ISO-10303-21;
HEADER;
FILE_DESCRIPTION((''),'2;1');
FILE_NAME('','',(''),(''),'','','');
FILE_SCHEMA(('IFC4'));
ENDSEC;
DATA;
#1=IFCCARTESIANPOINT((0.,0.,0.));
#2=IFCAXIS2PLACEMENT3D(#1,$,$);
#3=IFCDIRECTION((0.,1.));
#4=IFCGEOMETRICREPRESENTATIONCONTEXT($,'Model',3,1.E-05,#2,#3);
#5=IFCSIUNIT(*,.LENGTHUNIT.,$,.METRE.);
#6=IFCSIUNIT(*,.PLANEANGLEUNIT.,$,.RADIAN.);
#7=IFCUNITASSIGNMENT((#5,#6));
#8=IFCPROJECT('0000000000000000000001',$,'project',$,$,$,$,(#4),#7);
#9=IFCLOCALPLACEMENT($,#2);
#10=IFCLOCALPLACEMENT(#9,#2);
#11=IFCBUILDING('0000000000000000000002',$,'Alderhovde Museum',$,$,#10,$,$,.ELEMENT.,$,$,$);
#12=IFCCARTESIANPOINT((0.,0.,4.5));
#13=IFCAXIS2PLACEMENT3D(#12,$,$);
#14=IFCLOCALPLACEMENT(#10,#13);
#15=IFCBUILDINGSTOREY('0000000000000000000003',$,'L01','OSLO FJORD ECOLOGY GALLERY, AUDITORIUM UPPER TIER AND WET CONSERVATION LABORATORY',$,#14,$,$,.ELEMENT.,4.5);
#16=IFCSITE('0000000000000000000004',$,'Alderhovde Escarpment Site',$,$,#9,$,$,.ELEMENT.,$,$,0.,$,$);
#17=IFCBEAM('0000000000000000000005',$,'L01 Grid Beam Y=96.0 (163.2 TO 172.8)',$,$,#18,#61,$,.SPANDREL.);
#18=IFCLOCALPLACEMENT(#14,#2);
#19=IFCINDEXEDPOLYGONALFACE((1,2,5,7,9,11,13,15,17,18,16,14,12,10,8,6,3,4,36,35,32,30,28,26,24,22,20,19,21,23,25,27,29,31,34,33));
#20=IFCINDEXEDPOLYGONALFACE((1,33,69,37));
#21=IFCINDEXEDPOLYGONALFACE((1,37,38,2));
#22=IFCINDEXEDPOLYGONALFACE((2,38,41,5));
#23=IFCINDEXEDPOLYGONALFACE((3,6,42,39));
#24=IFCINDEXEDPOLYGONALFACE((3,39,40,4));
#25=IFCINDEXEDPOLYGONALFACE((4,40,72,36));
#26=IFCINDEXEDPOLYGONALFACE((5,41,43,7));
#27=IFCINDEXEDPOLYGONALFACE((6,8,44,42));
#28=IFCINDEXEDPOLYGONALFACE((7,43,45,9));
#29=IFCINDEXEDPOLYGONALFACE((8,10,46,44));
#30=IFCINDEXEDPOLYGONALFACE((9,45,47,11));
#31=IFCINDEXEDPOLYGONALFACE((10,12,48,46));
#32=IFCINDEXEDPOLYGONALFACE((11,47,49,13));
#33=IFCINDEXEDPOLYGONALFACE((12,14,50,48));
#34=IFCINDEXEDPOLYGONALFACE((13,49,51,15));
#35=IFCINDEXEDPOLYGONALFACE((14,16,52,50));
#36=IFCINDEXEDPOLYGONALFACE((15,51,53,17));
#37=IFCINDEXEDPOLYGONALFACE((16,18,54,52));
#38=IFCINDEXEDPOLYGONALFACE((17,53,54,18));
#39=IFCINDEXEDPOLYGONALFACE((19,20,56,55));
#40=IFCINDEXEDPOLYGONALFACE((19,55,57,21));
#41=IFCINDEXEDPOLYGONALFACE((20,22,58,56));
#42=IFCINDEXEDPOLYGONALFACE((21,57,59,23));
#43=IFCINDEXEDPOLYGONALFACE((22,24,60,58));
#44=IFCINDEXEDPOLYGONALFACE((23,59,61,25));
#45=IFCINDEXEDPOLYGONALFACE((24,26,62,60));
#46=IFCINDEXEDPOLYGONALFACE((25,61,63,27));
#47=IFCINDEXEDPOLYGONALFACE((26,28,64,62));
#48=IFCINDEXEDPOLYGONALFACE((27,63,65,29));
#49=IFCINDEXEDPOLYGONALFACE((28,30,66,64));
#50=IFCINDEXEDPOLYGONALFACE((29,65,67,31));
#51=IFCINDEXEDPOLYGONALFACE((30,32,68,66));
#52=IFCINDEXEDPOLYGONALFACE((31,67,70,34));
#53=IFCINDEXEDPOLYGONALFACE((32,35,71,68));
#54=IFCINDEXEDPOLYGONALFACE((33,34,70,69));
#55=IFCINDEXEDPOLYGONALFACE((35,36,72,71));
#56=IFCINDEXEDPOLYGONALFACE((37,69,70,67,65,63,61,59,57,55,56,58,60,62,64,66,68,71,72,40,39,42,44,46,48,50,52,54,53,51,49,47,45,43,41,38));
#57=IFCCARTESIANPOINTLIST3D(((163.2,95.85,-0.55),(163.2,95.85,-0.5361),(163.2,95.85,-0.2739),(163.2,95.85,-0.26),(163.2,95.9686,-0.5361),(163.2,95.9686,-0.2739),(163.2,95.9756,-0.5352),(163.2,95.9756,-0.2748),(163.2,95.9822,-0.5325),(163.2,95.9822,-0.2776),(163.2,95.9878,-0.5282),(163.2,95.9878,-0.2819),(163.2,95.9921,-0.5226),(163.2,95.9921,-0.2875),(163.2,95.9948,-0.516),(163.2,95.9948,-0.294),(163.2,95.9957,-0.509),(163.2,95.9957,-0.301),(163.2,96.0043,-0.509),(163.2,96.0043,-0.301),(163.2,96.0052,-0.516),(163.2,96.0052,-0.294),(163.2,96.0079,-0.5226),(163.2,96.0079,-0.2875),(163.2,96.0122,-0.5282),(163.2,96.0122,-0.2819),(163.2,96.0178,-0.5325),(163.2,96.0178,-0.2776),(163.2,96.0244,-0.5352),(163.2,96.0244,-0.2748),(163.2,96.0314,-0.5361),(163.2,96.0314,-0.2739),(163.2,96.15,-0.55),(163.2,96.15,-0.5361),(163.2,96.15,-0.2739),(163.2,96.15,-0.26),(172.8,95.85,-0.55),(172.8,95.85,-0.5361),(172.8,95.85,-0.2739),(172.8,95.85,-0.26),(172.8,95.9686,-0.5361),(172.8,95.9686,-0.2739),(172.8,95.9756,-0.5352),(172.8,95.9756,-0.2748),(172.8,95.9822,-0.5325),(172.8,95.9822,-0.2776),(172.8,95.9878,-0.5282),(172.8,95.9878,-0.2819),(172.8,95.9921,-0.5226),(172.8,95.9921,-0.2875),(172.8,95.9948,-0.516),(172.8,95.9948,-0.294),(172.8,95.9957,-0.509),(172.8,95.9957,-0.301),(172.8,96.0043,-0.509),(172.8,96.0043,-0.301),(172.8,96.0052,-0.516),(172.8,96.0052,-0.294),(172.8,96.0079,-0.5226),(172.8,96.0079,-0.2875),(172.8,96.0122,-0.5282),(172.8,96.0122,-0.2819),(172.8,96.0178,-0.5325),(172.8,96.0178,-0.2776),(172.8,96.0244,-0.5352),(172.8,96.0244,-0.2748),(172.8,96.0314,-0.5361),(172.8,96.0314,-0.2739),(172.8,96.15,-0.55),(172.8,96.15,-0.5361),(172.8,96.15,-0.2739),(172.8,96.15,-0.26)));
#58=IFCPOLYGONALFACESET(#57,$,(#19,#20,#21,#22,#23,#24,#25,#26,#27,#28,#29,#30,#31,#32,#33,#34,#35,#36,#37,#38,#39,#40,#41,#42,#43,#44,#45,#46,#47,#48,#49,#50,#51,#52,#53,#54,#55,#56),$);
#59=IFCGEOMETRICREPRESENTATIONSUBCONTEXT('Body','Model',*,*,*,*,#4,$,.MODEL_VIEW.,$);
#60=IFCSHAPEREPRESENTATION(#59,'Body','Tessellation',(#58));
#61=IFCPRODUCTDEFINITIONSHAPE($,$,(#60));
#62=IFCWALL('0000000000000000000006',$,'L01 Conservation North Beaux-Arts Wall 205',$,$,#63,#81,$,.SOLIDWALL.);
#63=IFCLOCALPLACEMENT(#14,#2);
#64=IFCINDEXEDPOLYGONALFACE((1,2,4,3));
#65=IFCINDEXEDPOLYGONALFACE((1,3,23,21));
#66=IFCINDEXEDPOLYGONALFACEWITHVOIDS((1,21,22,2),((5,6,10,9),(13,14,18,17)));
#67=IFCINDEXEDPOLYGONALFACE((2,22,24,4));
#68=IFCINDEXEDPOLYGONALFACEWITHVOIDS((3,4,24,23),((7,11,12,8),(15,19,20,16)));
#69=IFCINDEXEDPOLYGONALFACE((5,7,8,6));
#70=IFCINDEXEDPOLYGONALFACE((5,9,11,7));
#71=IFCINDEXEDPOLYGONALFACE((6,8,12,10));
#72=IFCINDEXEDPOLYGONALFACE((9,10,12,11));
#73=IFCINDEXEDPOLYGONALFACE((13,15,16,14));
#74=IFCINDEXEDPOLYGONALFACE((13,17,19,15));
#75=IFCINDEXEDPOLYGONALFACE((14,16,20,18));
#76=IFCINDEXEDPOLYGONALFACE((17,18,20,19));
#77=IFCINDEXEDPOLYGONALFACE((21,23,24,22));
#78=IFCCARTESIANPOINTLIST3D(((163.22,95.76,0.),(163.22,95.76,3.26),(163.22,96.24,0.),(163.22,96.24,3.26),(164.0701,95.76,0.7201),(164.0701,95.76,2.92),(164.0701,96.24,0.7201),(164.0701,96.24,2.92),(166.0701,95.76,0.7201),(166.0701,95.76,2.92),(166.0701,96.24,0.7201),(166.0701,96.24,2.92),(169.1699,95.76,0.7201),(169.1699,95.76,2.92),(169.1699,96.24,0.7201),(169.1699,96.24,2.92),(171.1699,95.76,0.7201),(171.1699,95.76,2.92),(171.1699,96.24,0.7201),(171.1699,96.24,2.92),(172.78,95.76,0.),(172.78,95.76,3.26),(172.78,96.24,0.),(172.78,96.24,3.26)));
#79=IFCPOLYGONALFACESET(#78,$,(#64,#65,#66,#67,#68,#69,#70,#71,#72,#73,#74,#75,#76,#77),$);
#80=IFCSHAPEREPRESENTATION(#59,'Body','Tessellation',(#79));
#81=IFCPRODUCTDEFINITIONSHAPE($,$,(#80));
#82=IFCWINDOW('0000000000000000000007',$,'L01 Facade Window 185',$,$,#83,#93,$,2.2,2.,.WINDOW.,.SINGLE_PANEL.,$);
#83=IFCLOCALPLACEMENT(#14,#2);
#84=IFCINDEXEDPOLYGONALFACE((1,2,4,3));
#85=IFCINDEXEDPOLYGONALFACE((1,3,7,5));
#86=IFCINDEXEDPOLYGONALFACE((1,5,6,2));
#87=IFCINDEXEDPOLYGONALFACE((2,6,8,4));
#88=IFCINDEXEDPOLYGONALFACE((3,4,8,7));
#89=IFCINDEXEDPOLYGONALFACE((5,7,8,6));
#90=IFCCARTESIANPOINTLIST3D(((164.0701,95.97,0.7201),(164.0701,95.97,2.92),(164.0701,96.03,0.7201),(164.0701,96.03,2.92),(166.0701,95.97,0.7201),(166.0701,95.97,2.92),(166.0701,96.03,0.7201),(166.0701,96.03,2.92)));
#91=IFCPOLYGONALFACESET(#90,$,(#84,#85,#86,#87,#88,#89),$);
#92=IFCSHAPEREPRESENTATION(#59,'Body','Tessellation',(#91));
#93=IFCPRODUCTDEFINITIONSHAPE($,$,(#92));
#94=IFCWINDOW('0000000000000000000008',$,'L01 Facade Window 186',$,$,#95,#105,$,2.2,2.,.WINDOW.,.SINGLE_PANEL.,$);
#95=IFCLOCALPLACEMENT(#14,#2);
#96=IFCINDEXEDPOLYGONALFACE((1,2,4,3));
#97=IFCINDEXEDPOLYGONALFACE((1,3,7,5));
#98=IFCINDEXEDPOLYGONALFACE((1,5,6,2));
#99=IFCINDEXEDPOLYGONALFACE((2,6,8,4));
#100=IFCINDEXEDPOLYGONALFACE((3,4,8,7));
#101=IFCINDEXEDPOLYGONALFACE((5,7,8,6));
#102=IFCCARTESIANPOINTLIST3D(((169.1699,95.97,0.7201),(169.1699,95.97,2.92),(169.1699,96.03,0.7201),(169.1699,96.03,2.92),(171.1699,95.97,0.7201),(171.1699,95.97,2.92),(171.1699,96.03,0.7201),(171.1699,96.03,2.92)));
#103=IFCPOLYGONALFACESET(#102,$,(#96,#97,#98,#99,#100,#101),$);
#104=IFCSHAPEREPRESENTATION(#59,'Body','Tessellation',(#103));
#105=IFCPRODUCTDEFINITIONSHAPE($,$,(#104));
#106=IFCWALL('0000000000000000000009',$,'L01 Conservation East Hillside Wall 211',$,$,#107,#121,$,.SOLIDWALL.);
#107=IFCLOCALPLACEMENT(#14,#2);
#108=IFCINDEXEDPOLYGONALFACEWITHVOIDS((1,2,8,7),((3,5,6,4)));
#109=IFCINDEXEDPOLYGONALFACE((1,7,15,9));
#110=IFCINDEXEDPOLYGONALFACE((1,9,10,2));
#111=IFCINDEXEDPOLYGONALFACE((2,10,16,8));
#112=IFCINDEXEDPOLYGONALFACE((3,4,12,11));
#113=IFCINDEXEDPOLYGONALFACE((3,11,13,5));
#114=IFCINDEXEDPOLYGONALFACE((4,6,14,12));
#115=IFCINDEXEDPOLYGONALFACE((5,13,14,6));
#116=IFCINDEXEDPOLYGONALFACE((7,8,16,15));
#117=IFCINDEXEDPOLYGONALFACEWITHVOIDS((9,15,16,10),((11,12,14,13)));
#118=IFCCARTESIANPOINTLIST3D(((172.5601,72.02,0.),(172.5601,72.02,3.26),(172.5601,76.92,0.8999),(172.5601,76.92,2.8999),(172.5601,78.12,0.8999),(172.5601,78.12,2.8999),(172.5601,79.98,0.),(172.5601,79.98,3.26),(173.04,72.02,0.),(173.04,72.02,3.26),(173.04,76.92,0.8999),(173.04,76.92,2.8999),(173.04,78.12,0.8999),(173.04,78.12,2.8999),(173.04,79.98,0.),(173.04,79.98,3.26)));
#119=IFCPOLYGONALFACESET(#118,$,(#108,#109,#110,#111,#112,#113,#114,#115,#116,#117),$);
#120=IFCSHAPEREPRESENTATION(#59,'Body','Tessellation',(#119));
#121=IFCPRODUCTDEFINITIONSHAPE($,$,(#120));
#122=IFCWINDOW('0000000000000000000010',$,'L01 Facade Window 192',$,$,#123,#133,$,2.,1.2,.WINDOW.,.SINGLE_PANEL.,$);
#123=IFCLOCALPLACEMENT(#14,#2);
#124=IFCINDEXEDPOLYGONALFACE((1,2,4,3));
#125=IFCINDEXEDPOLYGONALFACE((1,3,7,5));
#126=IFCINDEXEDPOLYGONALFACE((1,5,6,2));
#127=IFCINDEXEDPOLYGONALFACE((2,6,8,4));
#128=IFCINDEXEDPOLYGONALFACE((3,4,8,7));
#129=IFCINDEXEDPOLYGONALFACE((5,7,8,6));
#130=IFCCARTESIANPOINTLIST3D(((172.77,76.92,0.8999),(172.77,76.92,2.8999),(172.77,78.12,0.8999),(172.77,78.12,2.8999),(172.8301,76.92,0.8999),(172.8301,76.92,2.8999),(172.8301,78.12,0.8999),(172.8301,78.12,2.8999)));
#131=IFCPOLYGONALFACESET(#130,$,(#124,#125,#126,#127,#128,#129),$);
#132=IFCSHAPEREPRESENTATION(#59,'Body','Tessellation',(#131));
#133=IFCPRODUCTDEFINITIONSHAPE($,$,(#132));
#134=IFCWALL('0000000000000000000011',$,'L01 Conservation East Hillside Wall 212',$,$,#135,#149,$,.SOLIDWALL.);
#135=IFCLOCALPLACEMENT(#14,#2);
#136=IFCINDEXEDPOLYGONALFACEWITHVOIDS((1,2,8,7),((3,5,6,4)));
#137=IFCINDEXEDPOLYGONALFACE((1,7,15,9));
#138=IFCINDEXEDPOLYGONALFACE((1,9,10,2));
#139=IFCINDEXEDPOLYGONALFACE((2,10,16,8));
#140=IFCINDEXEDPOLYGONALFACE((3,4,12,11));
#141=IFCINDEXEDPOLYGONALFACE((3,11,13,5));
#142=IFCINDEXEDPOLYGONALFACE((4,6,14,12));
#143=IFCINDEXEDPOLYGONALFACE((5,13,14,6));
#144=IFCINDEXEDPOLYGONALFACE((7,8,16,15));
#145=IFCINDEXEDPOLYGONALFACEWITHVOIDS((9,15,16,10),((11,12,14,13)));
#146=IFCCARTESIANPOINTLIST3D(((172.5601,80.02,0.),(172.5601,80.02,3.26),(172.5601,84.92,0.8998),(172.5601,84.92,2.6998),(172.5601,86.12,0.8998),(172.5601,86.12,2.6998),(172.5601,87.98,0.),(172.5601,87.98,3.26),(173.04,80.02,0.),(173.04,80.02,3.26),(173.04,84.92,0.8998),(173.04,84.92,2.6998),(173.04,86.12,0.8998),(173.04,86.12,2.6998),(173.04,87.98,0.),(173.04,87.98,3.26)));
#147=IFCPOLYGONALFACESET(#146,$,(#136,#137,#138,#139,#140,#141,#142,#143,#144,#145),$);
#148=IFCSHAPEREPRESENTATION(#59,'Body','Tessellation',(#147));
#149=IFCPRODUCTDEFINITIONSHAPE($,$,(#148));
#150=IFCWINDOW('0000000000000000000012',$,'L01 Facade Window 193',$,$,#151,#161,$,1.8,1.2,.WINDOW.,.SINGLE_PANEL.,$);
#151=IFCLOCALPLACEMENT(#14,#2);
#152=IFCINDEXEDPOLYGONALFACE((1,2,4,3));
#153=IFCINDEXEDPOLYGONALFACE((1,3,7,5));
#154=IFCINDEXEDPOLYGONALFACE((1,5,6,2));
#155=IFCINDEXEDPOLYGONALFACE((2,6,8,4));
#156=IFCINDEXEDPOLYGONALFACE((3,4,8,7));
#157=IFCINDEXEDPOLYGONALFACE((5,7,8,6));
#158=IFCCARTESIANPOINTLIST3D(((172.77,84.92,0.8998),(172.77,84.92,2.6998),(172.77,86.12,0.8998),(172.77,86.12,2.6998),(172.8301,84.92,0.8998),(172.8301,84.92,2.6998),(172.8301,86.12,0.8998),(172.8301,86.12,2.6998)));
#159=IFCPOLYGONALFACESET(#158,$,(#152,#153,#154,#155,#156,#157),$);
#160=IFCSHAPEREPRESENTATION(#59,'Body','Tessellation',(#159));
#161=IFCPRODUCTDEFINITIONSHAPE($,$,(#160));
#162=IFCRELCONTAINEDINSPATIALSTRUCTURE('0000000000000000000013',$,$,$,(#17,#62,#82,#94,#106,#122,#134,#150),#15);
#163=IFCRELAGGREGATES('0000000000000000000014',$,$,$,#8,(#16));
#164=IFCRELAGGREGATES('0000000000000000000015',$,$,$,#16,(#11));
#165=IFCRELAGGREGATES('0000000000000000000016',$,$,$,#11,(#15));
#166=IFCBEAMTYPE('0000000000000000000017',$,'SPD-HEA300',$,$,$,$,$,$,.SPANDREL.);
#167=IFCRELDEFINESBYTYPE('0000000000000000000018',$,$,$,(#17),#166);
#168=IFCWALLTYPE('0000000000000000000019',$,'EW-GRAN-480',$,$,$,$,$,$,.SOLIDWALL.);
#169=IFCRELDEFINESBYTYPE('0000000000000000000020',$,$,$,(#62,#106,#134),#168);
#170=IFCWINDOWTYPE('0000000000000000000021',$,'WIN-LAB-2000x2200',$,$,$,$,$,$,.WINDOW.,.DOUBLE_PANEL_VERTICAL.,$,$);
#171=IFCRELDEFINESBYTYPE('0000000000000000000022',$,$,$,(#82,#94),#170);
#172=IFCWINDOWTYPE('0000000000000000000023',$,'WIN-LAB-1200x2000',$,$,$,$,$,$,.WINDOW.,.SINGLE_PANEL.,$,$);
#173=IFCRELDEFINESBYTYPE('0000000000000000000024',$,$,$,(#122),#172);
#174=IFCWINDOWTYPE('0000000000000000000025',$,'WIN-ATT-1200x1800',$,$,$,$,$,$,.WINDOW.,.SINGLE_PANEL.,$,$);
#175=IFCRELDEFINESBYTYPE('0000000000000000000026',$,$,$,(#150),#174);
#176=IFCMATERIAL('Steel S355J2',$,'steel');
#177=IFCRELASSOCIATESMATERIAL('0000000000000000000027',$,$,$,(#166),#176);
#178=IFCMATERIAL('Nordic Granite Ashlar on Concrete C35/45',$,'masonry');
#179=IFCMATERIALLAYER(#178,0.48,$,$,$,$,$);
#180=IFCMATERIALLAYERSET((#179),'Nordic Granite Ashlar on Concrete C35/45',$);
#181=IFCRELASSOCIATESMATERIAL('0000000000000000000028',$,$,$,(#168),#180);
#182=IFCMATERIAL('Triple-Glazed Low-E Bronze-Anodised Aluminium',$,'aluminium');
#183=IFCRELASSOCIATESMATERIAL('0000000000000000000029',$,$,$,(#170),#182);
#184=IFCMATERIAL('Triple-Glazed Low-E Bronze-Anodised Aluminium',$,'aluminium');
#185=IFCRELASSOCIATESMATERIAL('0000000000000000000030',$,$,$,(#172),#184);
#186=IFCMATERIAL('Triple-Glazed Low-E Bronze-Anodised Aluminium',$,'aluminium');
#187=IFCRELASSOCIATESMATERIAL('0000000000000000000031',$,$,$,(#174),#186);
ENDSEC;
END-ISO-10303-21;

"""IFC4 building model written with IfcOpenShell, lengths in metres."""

from ifc_helpers import new_model, si_unit, direction, frame, frame_2d, origin, origin_2d, place, context, subcontext, project, spatial, rectangle, i_section, extrude, material, layer, layer_set, material_profile, profile_set, type_object, element, fill, save


model = new_model("IFC4")

# Units and contexts
model_context = context("Model", 3, precision=1e-05, world=origin(), true_north=direction((0.0, 1.0)))
body_context = subcontext(model_context, "Body", "Model", "MODEL_VIEW")
ifc_project = project(units=[si_unit("LENGTHUNIT", "METRE"), si_unit("PLANEANGLEUNIT", "RADIAN")], contexts=[model_context])

# Site, building, storey
site_placement = place(None, origin())
site = spatial("IfcSite", under=ifc_project, at=site_placement, Name="Alderhovde Escarpment Site", CompositionType="ELEMENT", RefElevation=0.0)
building_placement = place(site_placement, origin())
building = spatial("IfcBuilding", under=site, at=building_placement, Name="Alderhovde Museum", CompositionType="ELEMENT")
storey_placement = place(building_placement, frame((0.0, 0.0, 4.5)))
storey = spatial("IfcBuildingStorey", under=building, at=storey_placement, Name="L01", Description="OSLO FJORD ECOLOGY GALLERY, AUDITORIUM UPPER TIER AND WET CONSERVATION LABORATORY", CompositionType="ELEMENT", Elevation=4.5)

# Beam
ifc_material_1 = material(Name="Steel S355J2", Category="steel")
ifc_material_profile_1 = material_profile(ifc_material_1, i_section(OverallWidth=0.3, OverallDepth=0.29, WebThickness=0.0085, FlangeThickness=0.0139, FilletRadius=0.0271, at=origin_2d()), Name="HEA 300")
ifc_profile_set_1 = profile_set([ifc_material_profile_1], Name="Steel S355J2")
beam_type_1 = type_object("IfcBeamType", Name="SPD-HEA300", PredefinedType="SPANDREL", material=ifc_profile_set_1)
beam_placement = place(storey_placement, frame((163.2, 96.0, -0.405), z_axis=(1.0, 0.0, 0.0), x_axis=(0.0, 1.0, 0.0)))
element("IfcBeam", 1, at=beam_placement, inside=storey, type_object=beam_type_1, Name="L01 Grid Beam Y=96.0 (163.2 TO 172.8)", PredefinedType="SPANDREL", context=body_context, shape_type="SweptSolid", body=[
    extrude(i_section(OverallWidth=0.3, OverallDepth=0.29, WebThickness=0.0085, FlangeThickness=0.0139, FilletRadius=0.0271, at=origin_2d()), origin(), (0.0, 0.0, 1.0), 9.6001),
])

# Wall, openings, windows
ifc_material_2 = material(Name="Nordic Granite Ashlar on Concrete C35/45", Category="masonry")
ifc_layer = layer(ifc_material_2, 0.48)
ifc_layer_set = layer_set([ifc_layer], Name="Nordic Granite Ashlar on Concrete C35/45")
wall_type = type_object("IfcWallType", Name="EW-GRAN-480", PredefinedType="SOLIDWALL", material=ifc_layer_set)
wall_1_placement = place(storey_placement, frame((163.22, 96.0, 0.0), z_axis=(0.0, 0.0, 1.0), x_axis=(1.0, 0.0, 0.0)))
wall_1 = element("IfcWall", 2, at=wall_1_placement, inside=storey, type_object=wall_type, Name="L01 Conservation North Beaux-Arts Wall 205", PredefinedType="SOLIDWALL", context=body_context, shape_type="SweptSolid", body=[
    extrude(rectangle(XDim=9.5601, YDim=0.48, at=frame_2d((4.78, 0.0))), origin(), (0.0, 0.0, 1.0), 3.26),
])
opening_1_placement = place(wall_1_placement, frame((0.8501, 0.0, 0.72)))
opening_1 = element("IfcOpeningElement", 3, at=opening_1_placement, cuts=wall_1, PredefinedType="OPENING", context=body_context, shape_type="SweptSolid", body=[
    extrude(rectangle(XDim=2.0, YDim=2.2, at=frame_2d((1.0, 1.1001))), frame((0.0, 0.25, 0.0), z_axis=(0.0, -1.0, 0.0), x_axis=(1.0, 0.0, 0.0)), (0.0, 0.0, 1.0), 0.5),
])
opening_2_placement = place(wall_1_placement, frame((5.95, 0.0, 0.72)))
opening_2 = element("IfcOpeningElement", 4, at=opening_2_placement, cuts=wall_1, PredefinedType="OPENING", context=body_context, shape_type="SweptSolid", body=[
    extrude(rectangle(XDim=2.0, YDim=2.2, at=frame_2d((1.0, 1.1001))), frame((0.0, 0.25, 0.0), z_axis=(0.0, -1.0, 0.0), x_axis=(1.0, 0.0, 0.0)), (0.0, 0.0, 1.0), 0.5),
])
ifc_material_3 = material(Name="Triple-Glazed Low-E Bronze-Anodised Aluminium", Category="aluminium")
window_type_1 = type_object("IfcWindowType", Name="WIN-LAB-2000x2200", PartitioningType="DOUBLE_PANEL_VERTICAL", PredefinedType="WINDOW", material=ifc_material_3)
window_1_placement = place(opening_1_placement, origin())
window_1 = element("IfcWindow", 5, at=window_1_placement, inside=storey, type_object=window_type_1, Name="L01 Facade Window 185", OverallHeight=2.2, OverallWidth=2.0, PartitioningType="SINGLE_PANEL", PredefinedType="WINDOW", context=body_context, shape_type="SweptSolid", body=[
    extrude(rectangle(XDim=2.0, YDim=2.2, at=frame_2d((1.0, 1.1001))), frame((0.0, 0.03, 0.0), z_axis=(0.0, -1.0, 0.0), x_axis=(1.0, 0.0, 0.0)), (0.0, 0.0, 1.0), 0.0601),
])
fill(opening_1, window_1)
window_2_placement = place(opening_2_placement, origin())
window_2 = element("IfcWindow", 6, at=window_2_placement, inside=storey, type_object=window_type_1, Name="L01 Facade Window 186", OverallHeight=2.2, OverallWidth=2.0, PartitioningType="SINGLE_PANEL", PredefinedType="WINDOW", context=body_context, shape_type="SweptSolid", body=[
    extrude(rectangle(XDim=2.0, YDim=2.2, at=frame_2d((1.0, 1.1001))), frame((0.0, 0.03, 0.0), z_axis=(0.0, -1.0, 0.0), x_axis=(1.0, 0.0, 0.0)), (0.0, 0.0, 1.0), 0.0601),
])
fill(opening_2, window_2)

# Walls, openings, windows
wall_2_placement = place(storey_placement, frame((172.8, 72.02, 0.0), z_axis=(0.0, 0.0, 1.0), x_axis=(0.0, 1.0, 0.0)))
wall_2 = element("IfcWall", 7, at=wall_2_placement, inside=storey, type_object=wall_type, Name="L01 Conservation East Hillside Wall 211", PredefinedType="SOLIDWALL", context=body_context, shape_type="SweptSolid", body=[
    extrude(rectangle(XDim=7.96, YDim=0.48, at=frame_2d((3.98, 0.0))), origin(), (0.0, 0.0, 1.0), 3.26),
])
opening_3_placement = place(wall_2_placement, frame((4.8999, 0.0, 0.8999)))
opening_3 = element("IfcOpeningElement", 8, at=opening_3_placement, cuts=wall_2, PredefinedType="OPENING", context=body_context, shape_type="SweptSolid", body=[
    extrude(rectangle(XDim=1.2, YDim=2.0, at=frame_2d((0.6001, 1.0))), frame((0.0, 0.25, 0.0), z_axis=(0.0, -1.0, 0.0), x_axis=(1.0, 0.0, 0.0)), (0.0, 0.0, 1.0), 0.5),
])
ifc_material_4 = material(Name="Triple-Glazed Low-E Bronze-Anodised Aluminium", Category="aluminium")
window_type_2 = type_object("IfcWindowType", Name="WIN-LAB-1200x2000", PartitioningType="SINGLE_PANEL", PredefinedType="WINDOW", material=ifc_material_4)
window_3_placement = place(opening_3_placement, origin())
window_3 = element("IfcWindow", 9, at=window_3_placement, inside=storey, type_object=window_type_2, Name="L01 Facade Window 192", OverallHeight=2.0, OverallWidth=1.2, PartitioningType="SINGLE_PANEL", PredefinedType="WINDOW", context=body_context, shape_type="SweptSolid", body=[
    extrude(rectangle(XDim=1.2, YDim=2.0, at=frame_2d((0.6001, 1.0))), frame((0.0, 0.03, 0.0), z_axis=(0.0, -1.0, 0.0), x_axis=(1.0, 0.0, 0.0)), (0.0, 0.0, 1.0), 0.0601),
])
fill(opening_3, window_3)
wall_3_placement = place(storey_placement, frame((172.8, 80.02, 0.0), z_axis=(0.0, 0.0, 1.0), x_axis=(0.0, 1.0, 0.0)))
wall_3 = element("IfcWall", 10, at=wall_3_placement, inside=storey, type_object=wall_type, Name="L01 Conservation East Hillside Wall 212", PredefinedType="SOLIDWALL", context=body_context, shape_type="SweptSolid", body=[
    extrude(rectangle(XDim=7.96, YDim=0.48, at=frame_2d((3.98, 0.0))), origin(), (0.0, 0.0, 1.0), 3.26),
])
opening_4_placement = place(wall_3_placement, frame((4.8999, 0.0, 0.8999)))
opening_4 = element("IfcOpeningElement", 11, at=opening_4_placement, cuts=wall_3, PredefinedType="OPENING", context=body_context, shape_type="SweptSolid", body=[
    extrude(rectangle(XDim=1.2, YDim=1.8, at=frame_2d((0.6001, 0.8999))), frame((0.0, 0.25, 0.0), z_axis=(0.0, -1.0, 0.0), x_axis=(1.0, 0.0, 0.0)), (0.0, 0.0, 1.0), 0.5),
])
ifc_material_5 = material(Name="Triple-Glazed Low-E Bronze-Anodised Aluminium", Category="aluminium")
window_type_3 = type_object("IfcWindowType", Name="WIN-ATT-1200x1800", PartitioningType="SINGLE_PANEL", PredefinedType="WINDOW", material=ifc_material_5)
window_4_placement = place(opening_4_placement, origin())
window_4 = element("IfcWindow", 12, at=window_4_placement, inside=storey, type_object=window_type_3, Name="L01 Facade Window 193", OverallHeight=1.8, OverallWidth=1.2, PartitioningType="SINGLE_PANEL", PredefinedType="WINDOW", context=body_context, shape_type="SweptSolid", body=[
    extrude(rectangle(XDim=1.2, YDim=1.8, at=frame_2d((0.6001, 0.8999))), frame((0.0, 0.03, 0.0), z_axis=(0.0, -1.0, 0.0), x_axis=(1.0, 0.0, 0.0)), (0.0, 0.0, 1.0), 0.0601),
])
fill(opening_4, window_4)

save(model, "model.ifc")
